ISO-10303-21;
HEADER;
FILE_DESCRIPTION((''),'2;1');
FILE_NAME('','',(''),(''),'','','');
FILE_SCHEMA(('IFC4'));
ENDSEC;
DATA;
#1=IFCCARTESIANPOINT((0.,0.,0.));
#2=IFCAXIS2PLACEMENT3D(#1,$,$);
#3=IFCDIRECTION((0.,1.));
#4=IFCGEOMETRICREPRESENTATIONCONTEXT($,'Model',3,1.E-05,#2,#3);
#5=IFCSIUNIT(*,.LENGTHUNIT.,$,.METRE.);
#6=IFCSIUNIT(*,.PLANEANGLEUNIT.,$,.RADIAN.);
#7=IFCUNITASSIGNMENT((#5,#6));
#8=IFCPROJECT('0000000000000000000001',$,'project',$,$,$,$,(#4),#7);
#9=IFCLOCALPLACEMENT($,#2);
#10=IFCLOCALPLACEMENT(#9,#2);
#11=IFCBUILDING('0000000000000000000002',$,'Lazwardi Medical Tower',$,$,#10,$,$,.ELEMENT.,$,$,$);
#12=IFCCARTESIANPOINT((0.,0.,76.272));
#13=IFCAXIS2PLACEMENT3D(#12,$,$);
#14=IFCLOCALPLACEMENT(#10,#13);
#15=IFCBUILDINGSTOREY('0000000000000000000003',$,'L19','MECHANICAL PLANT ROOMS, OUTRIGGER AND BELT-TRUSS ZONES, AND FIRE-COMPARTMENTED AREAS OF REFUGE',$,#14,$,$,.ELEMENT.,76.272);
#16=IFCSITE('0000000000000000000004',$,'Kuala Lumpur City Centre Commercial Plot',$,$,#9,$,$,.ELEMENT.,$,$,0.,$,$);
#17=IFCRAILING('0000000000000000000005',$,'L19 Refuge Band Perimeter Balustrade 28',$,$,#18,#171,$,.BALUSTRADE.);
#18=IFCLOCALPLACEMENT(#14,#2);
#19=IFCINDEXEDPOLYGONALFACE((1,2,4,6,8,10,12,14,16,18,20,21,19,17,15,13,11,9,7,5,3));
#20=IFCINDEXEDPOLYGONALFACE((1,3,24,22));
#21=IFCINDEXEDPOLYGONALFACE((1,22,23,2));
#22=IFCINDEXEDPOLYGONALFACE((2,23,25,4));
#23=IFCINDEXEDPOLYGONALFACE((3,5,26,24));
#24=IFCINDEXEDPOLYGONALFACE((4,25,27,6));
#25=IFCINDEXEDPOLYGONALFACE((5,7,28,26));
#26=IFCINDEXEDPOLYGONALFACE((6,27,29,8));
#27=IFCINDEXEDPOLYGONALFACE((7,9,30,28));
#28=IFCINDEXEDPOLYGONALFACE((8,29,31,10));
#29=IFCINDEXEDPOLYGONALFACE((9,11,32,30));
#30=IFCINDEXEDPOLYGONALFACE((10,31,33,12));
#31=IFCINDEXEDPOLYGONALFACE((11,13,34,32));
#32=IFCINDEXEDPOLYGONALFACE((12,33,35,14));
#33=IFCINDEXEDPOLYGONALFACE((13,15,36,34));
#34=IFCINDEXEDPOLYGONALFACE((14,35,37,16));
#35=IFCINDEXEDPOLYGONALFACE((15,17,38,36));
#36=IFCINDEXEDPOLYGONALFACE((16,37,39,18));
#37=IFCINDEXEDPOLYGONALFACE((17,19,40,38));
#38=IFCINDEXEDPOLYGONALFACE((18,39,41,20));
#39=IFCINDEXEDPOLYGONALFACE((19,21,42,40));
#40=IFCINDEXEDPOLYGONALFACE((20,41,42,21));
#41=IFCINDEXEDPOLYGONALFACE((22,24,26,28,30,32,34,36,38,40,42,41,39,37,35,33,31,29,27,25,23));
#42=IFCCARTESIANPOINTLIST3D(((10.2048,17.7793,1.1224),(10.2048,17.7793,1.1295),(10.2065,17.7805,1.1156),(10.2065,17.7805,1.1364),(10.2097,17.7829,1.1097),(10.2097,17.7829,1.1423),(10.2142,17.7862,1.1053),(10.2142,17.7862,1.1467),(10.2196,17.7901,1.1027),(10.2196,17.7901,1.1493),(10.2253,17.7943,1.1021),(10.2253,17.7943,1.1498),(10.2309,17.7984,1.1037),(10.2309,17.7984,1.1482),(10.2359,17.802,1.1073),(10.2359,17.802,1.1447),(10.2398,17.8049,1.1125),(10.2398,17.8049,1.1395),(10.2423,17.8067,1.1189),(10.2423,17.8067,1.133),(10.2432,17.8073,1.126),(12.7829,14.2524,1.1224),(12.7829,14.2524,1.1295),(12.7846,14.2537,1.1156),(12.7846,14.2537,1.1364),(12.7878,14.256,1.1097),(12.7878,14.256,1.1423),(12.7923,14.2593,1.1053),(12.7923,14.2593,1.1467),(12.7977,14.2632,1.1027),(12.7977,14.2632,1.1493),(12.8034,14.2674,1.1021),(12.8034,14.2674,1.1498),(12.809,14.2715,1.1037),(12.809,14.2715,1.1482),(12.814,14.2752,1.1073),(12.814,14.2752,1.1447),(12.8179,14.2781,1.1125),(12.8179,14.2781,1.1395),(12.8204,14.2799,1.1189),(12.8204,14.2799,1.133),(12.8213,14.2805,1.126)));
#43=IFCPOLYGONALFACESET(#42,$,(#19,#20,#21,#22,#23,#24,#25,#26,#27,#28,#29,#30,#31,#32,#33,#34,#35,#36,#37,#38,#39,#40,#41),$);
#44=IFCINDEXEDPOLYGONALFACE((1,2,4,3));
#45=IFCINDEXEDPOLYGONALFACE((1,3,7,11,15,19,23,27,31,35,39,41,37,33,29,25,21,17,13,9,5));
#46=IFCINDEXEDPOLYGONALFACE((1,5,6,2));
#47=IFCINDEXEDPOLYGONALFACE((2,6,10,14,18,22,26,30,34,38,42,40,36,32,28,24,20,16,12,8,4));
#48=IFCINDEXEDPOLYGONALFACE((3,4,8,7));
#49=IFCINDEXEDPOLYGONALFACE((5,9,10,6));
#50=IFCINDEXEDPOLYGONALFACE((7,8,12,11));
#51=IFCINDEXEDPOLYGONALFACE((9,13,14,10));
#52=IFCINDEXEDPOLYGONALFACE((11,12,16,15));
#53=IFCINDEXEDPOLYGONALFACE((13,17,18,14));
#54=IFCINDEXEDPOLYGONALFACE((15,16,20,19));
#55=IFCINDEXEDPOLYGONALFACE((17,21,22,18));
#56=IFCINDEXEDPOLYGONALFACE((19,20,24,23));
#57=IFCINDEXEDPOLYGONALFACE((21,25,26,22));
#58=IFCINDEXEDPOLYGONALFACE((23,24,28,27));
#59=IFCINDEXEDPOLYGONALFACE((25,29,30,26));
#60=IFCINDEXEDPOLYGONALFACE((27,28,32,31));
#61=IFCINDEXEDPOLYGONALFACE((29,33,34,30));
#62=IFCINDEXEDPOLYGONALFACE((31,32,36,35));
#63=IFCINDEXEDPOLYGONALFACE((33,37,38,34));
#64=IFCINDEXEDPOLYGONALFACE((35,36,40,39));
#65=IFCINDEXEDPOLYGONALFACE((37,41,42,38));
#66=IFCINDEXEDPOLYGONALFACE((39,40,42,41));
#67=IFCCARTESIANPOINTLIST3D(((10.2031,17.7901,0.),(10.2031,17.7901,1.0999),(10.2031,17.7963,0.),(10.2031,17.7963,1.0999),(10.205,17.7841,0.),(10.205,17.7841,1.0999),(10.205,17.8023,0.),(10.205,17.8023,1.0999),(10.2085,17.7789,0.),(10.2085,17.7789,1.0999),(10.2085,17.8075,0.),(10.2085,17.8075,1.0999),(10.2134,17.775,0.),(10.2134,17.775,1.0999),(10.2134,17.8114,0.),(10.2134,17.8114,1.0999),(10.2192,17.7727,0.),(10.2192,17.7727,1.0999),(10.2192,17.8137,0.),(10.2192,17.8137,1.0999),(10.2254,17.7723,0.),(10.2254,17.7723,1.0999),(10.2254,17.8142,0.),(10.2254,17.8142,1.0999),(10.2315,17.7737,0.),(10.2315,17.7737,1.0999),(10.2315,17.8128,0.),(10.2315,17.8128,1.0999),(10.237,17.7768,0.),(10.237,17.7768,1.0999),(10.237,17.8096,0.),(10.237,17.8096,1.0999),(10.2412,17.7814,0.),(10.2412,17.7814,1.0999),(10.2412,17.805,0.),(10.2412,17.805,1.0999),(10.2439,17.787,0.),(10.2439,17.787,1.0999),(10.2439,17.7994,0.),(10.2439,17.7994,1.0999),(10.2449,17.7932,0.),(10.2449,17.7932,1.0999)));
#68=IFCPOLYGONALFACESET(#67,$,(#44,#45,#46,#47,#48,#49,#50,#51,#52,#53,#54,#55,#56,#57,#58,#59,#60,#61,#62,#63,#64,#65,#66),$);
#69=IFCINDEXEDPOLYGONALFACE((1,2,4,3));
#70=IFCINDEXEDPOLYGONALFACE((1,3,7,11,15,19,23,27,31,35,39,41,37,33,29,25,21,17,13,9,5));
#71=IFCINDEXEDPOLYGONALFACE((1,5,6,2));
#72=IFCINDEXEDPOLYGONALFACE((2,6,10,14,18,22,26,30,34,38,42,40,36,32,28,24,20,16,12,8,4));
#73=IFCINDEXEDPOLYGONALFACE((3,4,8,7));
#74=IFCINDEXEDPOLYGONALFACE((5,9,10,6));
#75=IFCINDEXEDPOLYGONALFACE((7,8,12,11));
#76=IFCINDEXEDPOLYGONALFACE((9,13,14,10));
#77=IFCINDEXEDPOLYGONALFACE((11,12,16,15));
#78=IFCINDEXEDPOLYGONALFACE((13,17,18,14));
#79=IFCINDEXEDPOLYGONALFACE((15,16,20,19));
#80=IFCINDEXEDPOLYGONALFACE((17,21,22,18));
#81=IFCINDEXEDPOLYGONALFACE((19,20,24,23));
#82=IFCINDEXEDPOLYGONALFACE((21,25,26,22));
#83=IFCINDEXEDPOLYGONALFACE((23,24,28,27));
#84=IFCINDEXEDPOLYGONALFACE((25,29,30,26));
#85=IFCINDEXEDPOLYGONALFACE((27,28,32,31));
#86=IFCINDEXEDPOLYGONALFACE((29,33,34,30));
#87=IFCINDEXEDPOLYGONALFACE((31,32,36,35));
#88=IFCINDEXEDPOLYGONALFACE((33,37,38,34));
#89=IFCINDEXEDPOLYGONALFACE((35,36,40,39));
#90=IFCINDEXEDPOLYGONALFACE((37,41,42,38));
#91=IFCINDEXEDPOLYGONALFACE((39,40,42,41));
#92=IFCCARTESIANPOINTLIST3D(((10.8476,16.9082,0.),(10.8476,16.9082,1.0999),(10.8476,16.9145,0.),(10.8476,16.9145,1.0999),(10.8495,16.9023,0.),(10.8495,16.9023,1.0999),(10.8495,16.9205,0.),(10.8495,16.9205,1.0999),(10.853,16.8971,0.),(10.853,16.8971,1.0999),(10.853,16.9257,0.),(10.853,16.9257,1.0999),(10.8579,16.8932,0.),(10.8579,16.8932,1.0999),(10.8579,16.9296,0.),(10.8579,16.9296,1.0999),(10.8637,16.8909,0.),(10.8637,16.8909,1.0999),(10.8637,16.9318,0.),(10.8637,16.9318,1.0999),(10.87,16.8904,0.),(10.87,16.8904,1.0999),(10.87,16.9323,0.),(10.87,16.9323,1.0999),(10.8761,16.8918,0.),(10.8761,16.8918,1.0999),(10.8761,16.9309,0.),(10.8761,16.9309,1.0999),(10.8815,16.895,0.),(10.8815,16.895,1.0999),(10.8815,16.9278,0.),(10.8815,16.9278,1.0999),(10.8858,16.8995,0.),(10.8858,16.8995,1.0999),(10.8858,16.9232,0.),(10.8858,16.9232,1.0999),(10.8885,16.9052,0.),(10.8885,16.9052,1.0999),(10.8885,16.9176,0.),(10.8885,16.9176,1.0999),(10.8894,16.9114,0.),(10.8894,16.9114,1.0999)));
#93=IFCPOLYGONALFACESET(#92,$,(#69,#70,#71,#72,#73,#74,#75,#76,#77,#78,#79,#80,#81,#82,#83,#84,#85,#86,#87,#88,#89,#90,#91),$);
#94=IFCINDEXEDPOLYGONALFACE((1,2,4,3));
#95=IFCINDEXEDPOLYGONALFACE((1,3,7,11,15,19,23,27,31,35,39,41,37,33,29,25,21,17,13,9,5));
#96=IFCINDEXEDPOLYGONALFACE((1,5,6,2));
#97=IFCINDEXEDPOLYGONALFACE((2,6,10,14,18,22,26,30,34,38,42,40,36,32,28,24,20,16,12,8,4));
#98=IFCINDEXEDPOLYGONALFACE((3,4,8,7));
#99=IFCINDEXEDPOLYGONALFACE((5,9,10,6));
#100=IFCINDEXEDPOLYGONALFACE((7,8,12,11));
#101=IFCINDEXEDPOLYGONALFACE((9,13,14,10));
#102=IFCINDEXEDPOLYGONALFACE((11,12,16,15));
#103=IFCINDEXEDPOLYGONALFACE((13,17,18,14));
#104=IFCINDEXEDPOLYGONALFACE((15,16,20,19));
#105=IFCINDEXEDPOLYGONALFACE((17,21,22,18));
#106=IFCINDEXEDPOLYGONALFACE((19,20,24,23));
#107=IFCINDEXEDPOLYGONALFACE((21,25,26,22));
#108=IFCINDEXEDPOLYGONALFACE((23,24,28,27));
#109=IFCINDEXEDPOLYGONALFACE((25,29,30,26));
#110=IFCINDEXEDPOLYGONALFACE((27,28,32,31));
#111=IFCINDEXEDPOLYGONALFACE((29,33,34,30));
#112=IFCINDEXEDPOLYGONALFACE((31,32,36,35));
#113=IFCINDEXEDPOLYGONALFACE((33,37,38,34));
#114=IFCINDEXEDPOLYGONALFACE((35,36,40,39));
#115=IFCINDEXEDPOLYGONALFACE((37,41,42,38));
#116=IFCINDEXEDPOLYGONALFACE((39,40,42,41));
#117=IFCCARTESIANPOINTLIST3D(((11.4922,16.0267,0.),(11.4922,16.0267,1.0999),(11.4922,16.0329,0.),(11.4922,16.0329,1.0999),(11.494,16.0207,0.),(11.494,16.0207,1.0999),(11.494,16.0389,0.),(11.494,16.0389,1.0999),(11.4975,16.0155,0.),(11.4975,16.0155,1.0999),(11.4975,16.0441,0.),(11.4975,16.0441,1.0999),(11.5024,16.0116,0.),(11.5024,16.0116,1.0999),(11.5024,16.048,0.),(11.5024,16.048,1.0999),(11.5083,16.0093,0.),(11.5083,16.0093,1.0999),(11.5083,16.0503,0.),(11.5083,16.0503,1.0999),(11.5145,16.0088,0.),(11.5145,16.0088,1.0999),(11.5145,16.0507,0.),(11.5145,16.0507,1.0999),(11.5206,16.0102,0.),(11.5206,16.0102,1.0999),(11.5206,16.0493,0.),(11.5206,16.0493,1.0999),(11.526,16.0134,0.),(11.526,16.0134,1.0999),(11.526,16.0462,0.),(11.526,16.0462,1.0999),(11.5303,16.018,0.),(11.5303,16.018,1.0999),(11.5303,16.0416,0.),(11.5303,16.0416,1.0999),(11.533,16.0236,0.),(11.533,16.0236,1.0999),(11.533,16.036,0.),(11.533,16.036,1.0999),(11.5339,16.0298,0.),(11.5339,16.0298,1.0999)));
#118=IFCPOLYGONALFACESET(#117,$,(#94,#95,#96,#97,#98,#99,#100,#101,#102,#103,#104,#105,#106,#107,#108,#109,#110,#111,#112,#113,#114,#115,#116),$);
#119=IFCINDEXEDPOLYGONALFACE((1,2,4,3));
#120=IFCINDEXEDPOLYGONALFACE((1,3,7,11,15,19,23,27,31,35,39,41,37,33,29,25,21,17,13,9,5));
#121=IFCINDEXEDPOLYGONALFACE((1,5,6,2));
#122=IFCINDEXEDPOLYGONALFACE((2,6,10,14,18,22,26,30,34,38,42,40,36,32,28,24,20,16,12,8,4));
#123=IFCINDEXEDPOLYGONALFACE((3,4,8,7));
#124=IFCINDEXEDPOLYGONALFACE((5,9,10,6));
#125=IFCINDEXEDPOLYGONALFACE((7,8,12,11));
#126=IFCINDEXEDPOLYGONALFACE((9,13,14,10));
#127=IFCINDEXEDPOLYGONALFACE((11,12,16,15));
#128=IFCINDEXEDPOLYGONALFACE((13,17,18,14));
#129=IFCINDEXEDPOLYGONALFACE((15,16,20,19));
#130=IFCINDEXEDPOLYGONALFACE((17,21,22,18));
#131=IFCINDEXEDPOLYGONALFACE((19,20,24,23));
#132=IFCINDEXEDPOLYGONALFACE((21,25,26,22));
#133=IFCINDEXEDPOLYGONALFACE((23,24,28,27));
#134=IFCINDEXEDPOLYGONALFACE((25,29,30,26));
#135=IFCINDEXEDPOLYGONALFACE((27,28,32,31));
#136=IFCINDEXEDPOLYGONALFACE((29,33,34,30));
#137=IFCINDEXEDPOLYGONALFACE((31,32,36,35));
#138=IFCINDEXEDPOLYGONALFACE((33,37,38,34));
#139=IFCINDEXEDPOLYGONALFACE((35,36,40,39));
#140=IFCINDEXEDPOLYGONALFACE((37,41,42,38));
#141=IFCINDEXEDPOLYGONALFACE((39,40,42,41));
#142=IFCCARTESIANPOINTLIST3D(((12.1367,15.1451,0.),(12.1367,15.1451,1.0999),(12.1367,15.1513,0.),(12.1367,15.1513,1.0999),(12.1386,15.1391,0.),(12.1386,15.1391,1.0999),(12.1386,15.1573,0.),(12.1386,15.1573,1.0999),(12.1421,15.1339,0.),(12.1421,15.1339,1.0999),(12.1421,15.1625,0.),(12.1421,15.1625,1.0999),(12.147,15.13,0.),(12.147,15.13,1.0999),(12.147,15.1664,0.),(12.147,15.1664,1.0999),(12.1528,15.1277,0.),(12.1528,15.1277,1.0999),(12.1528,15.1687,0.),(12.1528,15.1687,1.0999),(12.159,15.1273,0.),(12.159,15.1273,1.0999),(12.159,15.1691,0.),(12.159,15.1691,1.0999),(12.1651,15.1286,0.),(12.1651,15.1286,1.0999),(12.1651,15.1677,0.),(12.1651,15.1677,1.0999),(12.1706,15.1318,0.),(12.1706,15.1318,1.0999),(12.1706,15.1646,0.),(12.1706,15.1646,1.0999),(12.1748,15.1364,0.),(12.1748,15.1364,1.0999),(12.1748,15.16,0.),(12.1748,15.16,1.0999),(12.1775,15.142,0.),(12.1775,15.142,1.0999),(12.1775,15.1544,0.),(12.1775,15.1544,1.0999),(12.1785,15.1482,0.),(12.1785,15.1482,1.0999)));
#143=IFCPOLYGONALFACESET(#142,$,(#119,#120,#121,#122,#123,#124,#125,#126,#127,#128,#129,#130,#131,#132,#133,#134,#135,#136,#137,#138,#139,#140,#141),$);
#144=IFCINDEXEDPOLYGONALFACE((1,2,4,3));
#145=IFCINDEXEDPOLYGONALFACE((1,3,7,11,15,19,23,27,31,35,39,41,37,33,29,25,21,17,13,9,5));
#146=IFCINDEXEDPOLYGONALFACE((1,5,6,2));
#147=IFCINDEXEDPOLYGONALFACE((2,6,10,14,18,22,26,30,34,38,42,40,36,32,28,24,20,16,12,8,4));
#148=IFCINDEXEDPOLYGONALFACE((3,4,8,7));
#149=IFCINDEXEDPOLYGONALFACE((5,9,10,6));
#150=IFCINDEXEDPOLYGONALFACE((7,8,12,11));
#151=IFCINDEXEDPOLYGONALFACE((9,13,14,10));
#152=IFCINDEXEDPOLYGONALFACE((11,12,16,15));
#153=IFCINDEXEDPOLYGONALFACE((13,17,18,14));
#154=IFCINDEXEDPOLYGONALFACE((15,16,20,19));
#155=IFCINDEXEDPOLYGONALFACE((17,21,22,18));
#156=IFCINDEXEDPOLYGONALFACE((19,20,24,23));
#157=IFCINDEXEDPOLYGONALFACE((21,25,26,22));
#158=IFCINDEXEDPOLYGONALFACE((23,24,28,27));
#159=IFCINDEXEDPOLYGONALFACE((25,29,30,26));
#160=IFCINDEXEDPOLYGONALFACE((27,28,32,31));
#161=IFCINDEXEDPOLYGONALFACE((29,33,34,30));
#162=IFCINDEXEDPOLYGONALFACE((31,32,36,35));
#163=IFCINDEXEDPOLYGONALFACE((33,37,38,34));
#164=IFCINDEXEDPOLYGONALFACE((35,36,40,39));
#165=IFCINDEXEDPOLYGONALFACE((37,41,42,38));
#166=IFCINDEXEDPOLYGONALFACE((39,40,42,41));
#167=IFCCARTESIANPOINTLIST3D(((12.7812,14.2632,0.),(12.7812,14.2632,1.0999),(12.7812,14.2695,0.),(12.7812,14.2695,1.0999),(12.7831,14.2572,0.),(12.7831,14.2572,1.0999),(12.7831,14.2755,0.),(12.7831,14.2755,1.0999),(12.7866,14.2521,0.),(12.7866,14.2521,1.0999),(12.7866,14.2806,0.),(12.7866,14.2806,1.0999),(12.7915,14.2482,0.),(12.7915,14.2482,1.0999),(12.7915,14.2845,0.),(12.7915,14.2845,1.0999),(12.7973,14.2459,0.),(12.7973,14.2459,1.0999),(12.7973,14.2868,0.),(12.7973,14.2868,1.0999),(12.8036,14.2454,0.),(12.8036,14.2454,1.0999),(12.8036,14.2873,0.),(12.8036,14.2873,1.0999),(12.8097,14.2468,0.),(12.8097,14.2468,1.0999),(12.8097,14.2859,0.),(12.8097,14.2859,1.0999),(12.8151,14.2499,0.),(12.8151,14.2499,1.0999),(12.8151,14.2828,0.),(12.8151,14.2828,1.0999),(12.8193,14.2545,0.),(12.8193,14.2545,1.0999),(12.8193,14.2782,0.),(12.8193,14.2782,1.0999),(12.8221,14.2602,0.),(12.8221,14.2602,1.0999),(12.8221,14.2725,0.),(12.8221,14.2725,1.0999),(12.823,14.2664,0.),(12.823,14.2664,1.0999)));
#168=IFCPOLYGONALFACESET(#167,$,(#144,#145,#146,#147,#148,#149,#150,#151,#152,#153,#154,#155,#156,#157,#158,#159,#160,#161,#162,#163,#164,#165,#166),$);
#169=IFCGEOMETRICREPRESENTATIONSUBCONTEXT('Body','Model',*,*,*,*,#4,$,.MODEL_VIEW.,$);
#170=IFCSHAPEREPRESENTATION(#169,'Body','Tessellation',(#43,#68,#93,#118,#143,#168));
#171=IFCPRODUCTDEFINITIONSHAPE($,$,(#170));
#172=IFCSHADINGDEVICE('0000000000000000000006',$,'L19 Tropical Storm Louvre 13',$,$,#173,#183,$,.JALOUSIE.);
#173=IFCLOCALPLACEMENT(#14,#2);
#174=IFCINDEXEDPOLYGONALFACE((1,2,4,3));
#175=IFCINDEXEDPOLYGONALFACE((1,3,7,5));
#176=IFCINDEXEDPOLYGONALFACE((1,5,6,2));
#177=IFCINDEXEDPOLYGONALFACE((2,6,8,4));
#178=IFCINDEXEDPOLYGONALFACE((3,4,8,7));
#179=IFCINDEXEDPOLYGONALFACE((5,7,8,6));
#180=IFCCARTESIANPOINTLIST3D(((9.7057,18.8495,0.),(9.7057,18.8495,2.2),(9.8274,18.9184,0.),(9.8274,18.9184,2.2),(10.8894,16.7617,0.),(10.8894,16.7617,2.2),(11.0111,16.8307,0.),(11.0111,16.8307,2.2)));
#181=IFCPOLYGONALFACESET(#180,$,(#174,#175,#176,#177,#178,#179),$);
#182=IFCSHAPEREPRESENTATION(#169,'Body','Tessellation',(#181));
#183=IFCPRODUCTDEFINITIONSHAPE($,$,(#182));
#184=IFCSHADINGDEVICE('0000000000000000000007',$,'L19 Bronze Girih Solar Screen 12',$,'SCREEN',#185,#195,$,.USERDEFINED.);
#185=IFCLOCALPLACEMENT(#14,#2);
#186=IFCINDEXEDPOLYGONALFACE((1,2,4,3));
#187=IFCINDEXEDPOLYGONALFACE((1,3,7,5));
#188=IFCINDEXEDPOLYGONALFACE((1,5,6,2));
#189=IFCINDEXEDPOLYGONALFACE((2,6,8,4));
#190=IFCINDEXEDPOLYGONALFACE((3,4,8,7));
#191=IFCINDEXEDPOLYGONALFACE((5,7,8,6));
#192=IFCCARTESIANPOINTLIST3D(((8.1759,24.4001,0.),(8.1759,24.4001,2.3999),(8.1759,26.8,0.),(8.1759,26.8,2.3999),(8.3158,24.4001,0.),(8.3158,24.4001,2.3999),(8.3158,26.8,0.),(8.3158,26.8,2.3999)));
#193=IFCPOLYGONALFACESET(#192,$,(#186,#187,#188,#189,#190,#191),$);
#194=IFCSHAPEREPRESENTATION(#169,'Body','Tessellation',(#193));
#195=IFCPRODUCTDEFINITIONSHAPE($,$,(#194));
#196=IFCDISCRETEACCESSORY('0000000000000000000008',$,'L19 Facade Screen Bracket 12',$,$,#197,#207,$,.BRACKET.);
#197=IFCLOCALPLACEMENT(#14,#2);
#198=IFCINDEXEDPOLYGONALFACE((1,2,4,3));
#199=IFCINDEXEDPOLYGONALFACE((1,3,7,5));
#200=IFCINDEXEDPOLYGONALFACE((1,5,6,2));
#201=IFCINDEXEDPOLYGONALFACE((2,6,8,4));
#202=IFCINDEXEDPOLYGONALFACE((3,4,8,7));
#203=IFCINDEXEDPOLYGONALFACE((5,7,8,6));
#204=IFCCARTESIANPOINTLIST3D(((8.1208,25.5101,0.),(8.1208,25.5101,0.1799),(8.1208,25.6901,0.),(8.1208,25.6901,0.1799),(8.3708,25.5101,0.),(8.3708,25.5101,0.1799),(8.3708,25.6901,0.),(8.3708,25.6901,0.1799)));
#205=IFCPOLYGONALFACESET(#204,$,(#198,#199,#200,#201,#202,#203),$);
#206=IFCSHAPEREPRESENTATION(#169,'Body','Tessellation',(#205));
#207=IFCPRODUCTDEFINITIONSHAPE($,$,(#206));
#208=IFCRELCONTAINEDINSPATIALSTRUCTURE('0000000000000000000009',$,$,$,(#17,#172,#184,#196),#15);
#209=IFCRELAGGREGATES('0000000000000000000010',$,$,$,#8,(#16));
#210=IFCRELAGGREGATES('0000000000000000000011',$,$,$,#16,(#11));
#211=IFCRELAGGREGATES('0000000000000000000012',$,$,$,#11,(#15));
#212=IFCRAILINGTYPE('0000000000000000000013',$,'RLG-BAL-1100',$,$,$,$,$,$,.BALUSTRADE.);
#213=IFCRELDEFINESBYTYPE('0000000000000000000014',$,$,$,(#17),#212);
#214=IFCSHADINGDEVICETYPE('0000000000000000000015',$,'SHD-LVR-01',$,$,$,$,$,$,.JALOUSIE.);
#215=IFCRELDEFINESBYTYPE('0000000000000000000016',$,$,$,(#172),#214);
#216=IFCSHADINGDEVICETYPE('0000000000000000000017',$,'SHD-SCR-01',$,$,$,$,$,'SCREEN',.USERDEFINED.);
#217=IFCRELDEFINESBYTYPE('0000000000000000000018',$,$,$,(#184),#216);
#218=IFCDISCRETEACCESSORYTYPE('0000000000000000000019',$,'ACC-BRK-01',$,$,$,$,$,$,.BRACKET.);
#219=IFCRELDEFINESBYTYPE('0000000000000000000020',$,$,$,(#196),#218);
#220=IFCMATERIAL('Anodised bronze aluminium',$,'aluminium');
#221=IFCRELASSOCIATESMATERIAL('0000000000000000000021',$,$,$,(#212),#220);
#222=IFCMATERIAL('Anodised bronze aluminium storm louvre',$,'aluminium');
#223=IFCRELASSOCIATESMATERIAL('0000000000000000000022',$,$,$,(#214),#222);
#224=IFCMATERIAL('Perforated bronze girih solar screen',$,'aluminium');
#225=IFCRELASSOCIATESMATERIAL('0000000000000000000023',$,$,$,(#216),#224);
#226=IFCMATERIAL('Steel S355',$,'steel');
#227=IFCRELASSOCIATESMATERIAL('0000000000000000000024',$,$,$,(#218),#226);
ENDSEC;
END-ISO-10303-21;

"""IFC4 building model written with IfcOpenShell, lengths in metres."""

from ifc_helpers import new_model, si_unit, direction, frame, origin, origin_2d, place, context, subcontext, project, spatial, rectangle, circle, extrude, material, type_object, element, save


model = new_model("IFC4")

# Units and contexts
model_context = context("Model", 3, precision=1e-05, world=origin(), true_north=direction((0.0, 1.0)))
body_context = subcontext(model_context, "Body", "Model", "MODEL_VIEW")
ifc_project = project(units=[si_unit("LENGTHUNIT", "METRE"), si_unit("PLANEANGLEUNIT", "RADIAN")], contexts=[model_context])

# Site, building, storey
site_placement = place(None, origin())
site = spatial("IfcSite", under=ifc_project, at=site_placement, Name="Kuala Lumpur City Centre Commercial Plot", CompositionType="ELEMENT", RefElevation=0.0)
building_placement = place(site_placement, origin())
building = spatial("IfcBuilding", under=site, at=building_placement, Name="Lazwardi Medical Tower", CompositionType="ELEMENT")
storey_placement = place(building_placement, frame((0.0, 0.0, 76.272)))
storey = spatial("IfcBuildingStorey", under=building, at=storey_placement, Name="L19", Description="MECHANICAL PLANT ROOMS, OUTRIGGER AND BELT-TRUSS ZONES, AND FIRE-COMPARTMENTED AREAS OF REFUGE", CompositionType="ELEMENT", Elevation=76.272)

# Shared definitions
ifc_material_1 = material(Name="Steel S355", Category="steel")

# Railing
ifc_material_2 = material(Name="Anodised bronze aluminium", Category="aluminium")
railing_type = type_object("IfcRailingType", Name="RLG-BAL-1100", PredefinedType="BALUSTRADE", material=ifc_material_2)
railing_1_placement = place(storey_placement, frame((10.2239, 17.7932, 0.0)))
element("IfcRailing", 1, at=railing_1_placement, inside=storey, type_object=railing_type, Name="L19 Refuge Band Perimeter Balustrade 28", PredefinedType="BALUSTRADE", context=body_context, shape_type="SweptSolid", body=[
    extrude(circle(Radius=0.0239, at=origin_2d()), frame((0.0, 0.0, 1.126), z_axis=(0.590137, -0.807303, 0.0), x_axis=(0.807303, 0.590137, 0.0)), (0.0, 0.0, 1.0), 4.3687),
    extrude(circle(Radius=0.021, at=origin_2d()), origin(), (0.0, 0.0, 1.0), 1.0999),
    extrude(circle(Radius=0.021, at=origin_2d()), frame((0.6445, -0.8818, 0.0)), (0.0, 0.0, 1.0), 1.0999),
    extrude(circle(Radius=0.021, at=origin_2d()), frame((1.2891, -1.7634, 0.0)), (0.0, 0.0, 1.0), 1.0999),
    extrude(circle(Radius=0.021, at=origin_2d()), frame((1.9336, -2.645, 0.0)), (0.0, 0.0, 1.0), 1.0999),
    extrude(circle(Radius=0.021, at=origin_2d()), frame((2.5781, -3.5269, 0.0)), (0.0, 0.0, 1.0), 1.0999),
])

# Shading devices
ifc_material_3 = material(Name="Anodised bronze aluminium storm louvre", Category="aluminium")
shading_device_type_1 = type_object("IfcShadingDeviceType", Name="SHD-LVR-01", PredefinedType="JALOUSIE", material=ifc_material_3)
shading_device_1_placement = place(storey_placement, frame((10.3584, 17.8401, 0.0), z_axis=(0.0, 0.0, 1.0), x_axis=(0.493194, -0.86992, 0.0)))
element("IfcShadingDevice", 2, at=shading_device_1_placement, inside=storey, type_object=shading_device_type_1, Name="L19 Tropical Storm Louvre 13", PredefinedType="JALOUSIE", context=body_context, shape_type="SweptSolid", body=[
    extrude(rectangle(XDim=2.3999, YDim=0.1399, at=origin_2d()), origin(), (0.0, 0.0, 1.0), 2.2),
])
ifc_material_4 = material(Name="Perforated bronze girih solar screen", Category="aluminium")
shading_device_type_2 = type_object("IfcShadingDeviceType", Name="SHD-SCR-01", ElementType="SCREEN", PredefinedType="USERDEFINED", material=ifc_material_4)
shading_device_2_placement = place(storey_placement, frame((8.2458, 25.6001, 0.0), z_axis=(0.0, 0.0, 1.0), x_axis=(0.0, -1.0, 0.0)))
element("IfcShadingDevice", 3, at=shading_device_2_placement, inside=storey, type_object=shading_device_type_2, Name="L19 Bronze Girih Solar Screen 12", ObjectType="SCREEN", PredefinedType="USERDEFINED", context=body_context, shape_type="SweptSolid", body=[
    extrude(rectangle(XDim=2.3999, YDim=0.1399, at=origin_2d()), origin(), (0.0, 0.0, 1.0), 2.3999),
])

# Discrete accessory
discrete_accessory_type = type_object("IfcDiscreteAccessoryType", Name="ACC-BRK-01", PredefinedType="BRACKET", material=ifc_material_1)
for number, where, z_axis, x_axis, name in (
    (4, (8.2458, 25.6001, 0.0), (0.0, 0.0, 1.0), (0.0, -1.0, 0.0), "L19 Facade Screen Bracket 12"),
):
    element("IfcDiscreteAccessory", number, at=place(storey_placement, frame(where, z_axis=z_axis, x_axis=x_axis)), inside=storey, type_object=discrete_accessory_type, Name=name, PredefinedType="BRACKET", context=body_context, shape_type="SweptSolid", body=[
        extrude(rectangle(XDim=0.1799, YDim=0.25, at=origin_2d()), origin(), (0.0, 0.0, 1.0), 0.1799),
    ])

save(model, "model.ifc")
